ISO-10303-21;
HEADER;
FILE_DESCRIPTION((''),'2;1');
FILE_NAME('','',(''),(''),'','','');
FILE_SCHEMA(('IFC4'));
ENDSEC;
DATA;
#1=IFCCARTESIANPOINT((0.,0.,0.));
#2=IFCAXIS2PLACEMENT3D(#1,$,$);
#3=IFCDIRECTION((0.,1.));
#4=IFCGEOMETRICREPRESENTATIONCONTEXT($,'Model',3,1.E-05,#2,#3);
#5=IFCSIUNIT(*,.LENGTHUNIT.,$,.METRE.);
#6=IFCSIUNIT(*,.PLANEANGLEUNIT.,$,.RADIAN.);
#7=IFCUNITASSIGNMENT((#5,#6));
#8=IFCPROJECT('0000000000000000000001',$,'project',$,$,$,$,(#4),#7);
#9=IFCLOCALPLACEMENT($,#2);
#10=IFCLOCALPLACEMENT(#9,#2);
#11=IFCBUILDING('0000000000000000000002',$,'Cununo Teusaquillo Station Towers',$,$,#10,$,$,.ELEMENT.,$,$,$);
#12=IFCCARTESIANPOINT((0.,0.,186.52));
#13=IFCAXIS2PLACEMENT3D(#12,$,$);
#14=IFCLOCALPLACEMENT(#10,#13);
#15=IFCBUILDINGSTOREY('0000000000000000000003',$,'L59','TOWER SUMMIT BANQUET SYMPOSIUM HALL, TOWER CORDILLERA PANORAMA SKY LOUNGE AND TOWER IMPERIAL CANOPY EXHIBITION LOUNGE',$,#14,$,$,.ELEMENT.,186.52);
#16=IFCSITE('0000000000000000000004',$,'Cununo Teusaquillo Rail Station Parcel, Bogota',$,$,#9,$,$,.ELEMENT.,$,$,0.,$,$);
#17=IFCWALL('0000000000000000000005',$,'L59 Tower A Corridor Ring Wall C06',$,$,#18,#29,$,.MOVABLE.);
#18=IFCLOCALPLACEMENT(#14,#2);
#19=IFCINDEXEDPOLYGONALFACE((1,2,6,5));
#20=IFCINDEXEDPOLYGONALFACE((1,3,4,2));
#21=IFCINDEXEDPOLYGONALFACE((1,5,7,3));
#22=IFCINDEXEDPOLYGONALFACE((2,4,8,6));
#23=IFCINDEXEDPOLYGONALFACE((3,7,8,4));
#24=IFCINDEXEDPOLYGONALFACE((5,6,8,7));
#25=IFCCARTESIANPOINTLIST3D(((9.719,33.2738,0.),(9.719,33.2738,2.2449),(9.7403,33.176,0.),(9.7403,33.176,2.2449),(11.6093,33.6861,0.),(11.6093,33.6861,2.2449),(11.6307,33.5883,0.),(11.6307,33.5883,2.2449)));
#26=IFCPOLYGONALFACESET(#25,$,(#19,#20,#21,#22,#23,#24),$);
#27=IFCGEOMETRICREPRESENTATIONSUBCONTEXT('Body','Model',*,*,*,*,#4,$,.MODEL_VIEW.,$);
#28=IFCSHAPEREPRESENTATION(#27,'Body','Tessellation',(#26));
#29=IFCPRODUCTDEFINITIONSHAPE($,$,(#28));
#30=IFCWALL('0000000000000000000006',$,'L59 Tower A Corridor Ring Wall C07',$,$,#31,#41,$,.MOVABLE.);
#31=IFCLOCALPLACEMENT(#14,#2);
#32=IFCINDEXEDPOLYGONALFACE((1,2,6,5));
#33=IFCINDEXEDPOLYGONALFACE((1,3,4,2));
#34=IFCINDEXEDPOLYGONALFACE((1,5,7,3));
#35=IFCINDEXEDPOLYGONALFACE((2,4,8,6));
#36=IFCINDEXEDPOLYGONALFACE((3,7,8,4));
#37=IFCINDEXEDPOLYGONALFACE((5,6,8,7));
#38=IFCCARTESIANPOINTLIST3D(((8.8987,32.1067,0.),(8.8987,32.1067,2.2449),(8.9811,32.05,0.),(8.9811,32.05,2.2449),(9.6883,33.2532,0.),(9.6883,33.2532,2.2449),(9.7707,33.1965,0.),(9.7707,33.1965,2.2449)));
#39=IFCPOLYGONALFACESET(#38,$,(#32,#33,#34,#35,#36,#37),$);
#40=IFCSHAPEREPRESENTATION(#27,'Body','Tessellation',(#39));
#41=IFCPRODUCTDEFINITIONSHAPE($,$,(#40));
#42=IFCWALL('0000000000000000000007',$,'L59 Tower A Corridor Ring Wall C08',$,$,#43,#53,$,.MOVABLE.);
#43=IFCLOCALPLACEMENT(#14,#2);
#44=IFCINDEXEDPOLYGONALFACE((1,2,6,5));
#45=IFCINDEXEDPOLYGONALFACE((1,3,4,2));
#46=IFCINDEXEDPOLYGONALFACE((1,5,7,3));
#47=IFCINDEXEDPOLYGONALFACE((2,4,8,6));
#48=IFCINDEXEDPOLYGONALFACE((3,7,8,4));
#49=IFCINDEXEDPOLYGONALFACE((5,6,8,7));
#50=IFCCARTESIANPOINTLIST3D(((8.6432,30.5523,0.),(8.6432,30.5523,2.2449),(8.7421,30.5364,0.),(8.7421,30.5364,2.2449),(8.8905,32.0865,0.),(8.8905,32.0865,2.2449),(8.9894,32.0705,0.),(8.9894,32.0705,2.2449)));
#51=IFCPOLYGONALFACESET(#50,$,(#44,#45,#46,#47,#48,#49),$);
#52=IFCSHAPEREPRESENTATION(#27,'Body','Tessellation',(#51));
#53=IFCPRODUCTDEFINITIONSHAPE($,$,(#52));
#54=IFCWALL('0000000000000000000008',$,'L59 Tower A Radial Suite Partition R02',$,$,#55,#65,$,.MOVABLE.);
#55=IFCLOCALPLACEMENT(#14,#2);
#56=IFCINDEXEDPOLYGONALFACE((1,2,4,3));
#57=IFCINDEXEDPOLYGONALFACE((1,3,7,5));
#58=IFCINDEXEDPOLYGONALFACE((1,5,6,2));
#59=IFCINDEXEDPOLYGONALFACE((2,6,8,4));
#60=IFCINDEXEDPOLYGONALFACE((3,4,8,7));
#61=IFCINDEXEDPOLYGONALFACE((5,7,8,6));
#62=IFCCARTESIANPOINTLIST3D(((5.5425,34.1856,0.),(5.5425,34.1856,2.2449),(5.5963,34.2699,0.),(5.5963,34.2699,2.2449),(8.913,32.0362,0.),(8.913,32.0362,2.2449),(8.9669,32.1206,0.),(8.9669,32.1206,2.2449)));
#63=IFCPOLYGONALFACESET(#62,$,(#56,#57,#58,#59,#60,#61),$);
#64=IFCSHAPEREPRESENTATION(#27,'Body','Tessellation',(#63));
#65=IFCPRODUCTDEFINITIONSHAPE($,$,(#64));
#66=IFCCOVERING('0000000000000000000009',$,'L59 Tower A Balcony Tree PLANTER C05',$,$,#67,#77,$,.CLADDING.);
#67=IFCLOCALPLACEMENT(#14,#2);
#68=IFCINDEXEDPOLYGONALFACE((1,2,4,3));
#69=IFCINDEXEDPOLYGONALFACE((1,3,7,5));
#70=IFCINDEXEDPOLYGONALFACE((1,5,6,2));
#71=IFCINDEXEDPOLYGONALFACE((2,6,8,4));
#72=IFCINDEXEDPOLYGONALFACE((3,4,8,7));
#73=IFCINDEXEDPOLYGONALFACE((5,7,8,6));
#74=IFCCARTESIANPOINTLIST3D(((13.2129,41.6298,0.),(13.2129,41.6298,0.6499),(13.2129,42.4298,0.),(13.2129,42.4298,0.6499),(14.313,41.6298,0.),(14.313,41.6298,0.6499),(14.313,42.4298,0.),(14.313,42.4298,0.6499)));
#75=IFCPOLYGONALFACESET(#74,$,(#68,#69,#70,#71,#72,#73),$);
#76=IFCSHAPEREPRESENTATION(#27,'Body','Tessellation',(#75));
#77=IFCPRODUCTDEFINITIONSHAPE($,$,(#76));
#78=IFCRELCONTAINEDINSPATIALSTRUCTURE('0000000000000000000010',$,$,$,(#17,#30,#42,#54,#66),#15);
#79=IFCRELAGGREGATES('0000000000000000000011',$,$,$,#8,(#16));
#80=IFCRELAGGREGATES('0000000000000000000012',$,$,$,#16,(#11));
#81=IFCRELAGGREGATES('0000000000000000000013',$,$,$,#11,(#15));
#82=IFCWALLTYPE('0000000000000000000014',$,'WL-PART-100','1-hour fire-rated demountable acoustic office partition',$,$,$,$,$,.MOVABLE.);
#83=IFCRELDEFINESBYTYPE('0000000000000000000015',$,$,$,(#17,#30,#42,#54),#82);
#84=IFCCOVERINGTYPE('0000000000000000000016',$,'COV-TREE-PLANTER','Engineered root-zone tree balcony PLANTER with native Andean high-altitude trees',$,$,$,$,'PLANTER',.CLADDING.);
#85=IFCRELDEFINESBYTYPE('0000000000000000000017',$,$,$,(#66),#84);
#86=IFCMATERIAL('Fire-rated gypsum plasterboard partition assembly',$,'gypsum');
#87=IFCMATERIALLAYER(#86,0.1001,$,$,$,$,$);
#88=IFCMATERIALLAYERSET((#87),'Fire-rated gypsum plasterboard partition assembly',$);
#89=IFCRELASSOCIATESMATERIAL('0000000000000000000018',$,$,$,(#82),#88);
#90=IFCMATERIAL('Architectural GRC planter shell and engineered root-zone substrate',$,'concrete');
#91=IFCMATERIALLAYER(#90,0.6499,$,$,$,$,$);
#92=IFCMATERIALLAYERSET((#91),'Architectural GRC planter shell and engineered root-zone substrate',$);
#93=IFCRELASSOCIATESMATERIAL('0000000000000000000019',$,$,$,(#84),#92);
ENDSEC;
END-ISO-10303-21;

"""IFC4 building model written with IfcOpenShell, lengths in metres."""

from ifc_helpers import new_model, si_unit, direction, frame, frame_2d, origin, origin_2d, place, context, subcontext, project, spatial, rectangle, extrude, source, transform, mapped, material, layer, layer_set, type_object, element, save


model = new_model("IFC4")

# Units and contexts
model_context = context("Model", 3, precision=1e-05, world=origin(), true_north=direction((0.0, 1.0)))
body_context = subcontext(model_context, "Body", "Model", "MODEL_VIEW")
ifc_project = project(units=[si_unit("LENGTHUNIT", "METRE"), si_unit("PLANEANGLEUNIT", "RADIAN")], contexts=[model_context])

# Site, building, storey
site_placement = place(None, origin())
site = spatial("IfcSite", under=ifc_project, at=site_placement, Name="Cununo Teusaquillo Rail Station Parcel, Bogota", CompositionType="ELEMENT", RefElevation=0.0)
building_placement = place(site_placement, origin())
building = spatial("IfcBuilding", under=site, at=building_placement, Name="Cununo Teusaquillo Station Towers", CompositionType="ELEMENT")
storey_placement = place(building_placement, frame((0.0, 0.0, 186.52)))
storey = spatial("IfcBuildingStorey", under=building, at=storey_placement, Name="L59", Description="TOWER SUMMIT BANQUET SYMPOSIUM HALL, TOWER CORDILLERA PANORAMA SKY LOUNGE AND TOWER IMPERIAL CANOPY EXHIBITION LOUNGE", CompositionType="ELEMENT", Elevation=186.52)

# Walls
ifc_material_1 = material(Name="Fire-rated gypsum plasterboard partition assembly", Category="gypsum")
ifc_layer_1 = layer(ifc_material_1, 0.1001)
ifc_layer_set_1 = layer_set([ifc_layer_1], Name="Fire-rated gypsum plasterboard partition assembly")
wall_type_1 = type_object("IfcWallType", Name="WL-PART-100", Description="1-hour fire-rated demountable acoustic office partition", PredefinedType="MOVABLE", material=ifc_layer_set_1)
wall_1_placement = place(storey_placement, frame((11.6199, 33.6372, 0.0), z_axis=(0.0, 0.0, 1.0), x_axis=(-0.977026, -0.213121, 0.0)))
element("IfcWall", 1, at=wall_1_placement, inside=storey, type_object=wall_type_1, Name="L59 Tower A Corridor Ring Wall C06", PredefinedType="MOVABLE", context=body_context, shape_type="SweptSolid", body=[
    extrude(rectangle(XDim=1.9348, YDim=0.1001, at=frame_2d((0.9673, 0.0))), origin(), (0.0, 0.0, 1.0), 2.2449),
])
wall_2_placement = place(storey_placement, frame((9.7295, 33.2249, 0.0), z_axis=(0.0, 0.0, 1.0), x_axis=(-0.567184, -0.823591, 0.0)))
element("IfcWall", 2, at=wall_2_placement, inside=storey, type_object=wall_type_1, Name="L59 Tower A Corridor Ring Wall C07", PredefinedType="MOVABLE", context=body_context, shape_type="SweptSolid", body=[
    extrude(rectangle(XDim=1.3921, YDim=0.1001, at=frame_2d((0.696, 0.0))), origin(), (0.0, 0.0, 1.0), 2.2449),
])
wall_3_placement = place(storey_placement, frame((8.9399, 32.0784, 0.0), z_axis=(0.0, 0.0, 1.0), x_axis=(-0.159148, -0.987255, 0.0)))
element("IfcWall", 3, at=wall_3_placement, inside=storey, type_object=wall_type_1, Name="L59 Tower A Corridor Ring Wall C08", PredefinedType="MOVABLE", context=body_context, shape_type="SweptSolid", body=[
    extrude(rectangle(XDim=1.554, YDim=0.1001, at=frame_2d((0.7769, 0.0))), origin(), (0.0, 0.0, 1.0), 2.2449),
])
wall_4_placement = place(storey_placement, frame((8.9399, 32.0784, 0.0), z_axis=(0.0, 0.0, 1.0), x_axis=(-0.843153, 0.537673, 0.0)))
element("IfcWall", 4, at=wall_4_placement, inside=storey, type_object=wall_type_1, Name="L59 Tower A Radial Suite Partition R02", PredefinedType="MOVABLE", context=body_context, shape_type="SweptSolid", body=[
    extrude(rectangle(XDim=3.9976, YDim=0.1001, at=frame_2d((1.9988, 0.0))), origin(), (0.0, 0.0, 1.0), 2.2449),
])

# Covering
ifc_material_2 = material(Name="Architectural GRC planter shell and engineered root-zone substrate", Category="concrete")
ifc_layer_2 = layer(ifc_material_2, 0.6499)
ifc_layer_set_2 = layer_set([ifc_layer_2], Name="Architectural GRC planter shell and engineered root-zone substrate")
covering_type = type_object("IfcCoveringType", Name="COV-TREE-PLANTER", Description="Engineered root-zone tree balcony PLANTER with native Andean high-altitude trees", ElementType="PLANTER", PredefinedType="CLADDING", material=ifc_layer_set_2)
shared_shape_1 = source(origin(), body_context, "Body", "SweptSolid", [
    extrude(rectangle(XDim=1.1001, YDim=0.8, at=origin_2d()), origin(), (0.0, 0.0, 1.0), 0.6499),
])
covering_placement = place(storey_placement, frame((13.7629, 42.0298, 0.0), z_axis=(0.0, 0.0, 1.0), x_axis=(1.0, 0.0, 0.0)))
element("IfcCovering", 5, at=covering_placement, inside=storey, type_object=covering_type, Name="L59 Tower A Balcony Tree PLANTER C05", PredefinedType="CLADDING", context=body_context, shape_type="MappedRepresentation", body=[
    mapped(shared_shape_1, transform((0.0, 0.0, 0.0), x_axis=(1.0, 0.0, 0.0), y_axis=(0.0, 1.0, 0.0), z_axis=(0.0, 0.0, 1.0), scale=1.0)),
])

save(model, "model.ifc")
